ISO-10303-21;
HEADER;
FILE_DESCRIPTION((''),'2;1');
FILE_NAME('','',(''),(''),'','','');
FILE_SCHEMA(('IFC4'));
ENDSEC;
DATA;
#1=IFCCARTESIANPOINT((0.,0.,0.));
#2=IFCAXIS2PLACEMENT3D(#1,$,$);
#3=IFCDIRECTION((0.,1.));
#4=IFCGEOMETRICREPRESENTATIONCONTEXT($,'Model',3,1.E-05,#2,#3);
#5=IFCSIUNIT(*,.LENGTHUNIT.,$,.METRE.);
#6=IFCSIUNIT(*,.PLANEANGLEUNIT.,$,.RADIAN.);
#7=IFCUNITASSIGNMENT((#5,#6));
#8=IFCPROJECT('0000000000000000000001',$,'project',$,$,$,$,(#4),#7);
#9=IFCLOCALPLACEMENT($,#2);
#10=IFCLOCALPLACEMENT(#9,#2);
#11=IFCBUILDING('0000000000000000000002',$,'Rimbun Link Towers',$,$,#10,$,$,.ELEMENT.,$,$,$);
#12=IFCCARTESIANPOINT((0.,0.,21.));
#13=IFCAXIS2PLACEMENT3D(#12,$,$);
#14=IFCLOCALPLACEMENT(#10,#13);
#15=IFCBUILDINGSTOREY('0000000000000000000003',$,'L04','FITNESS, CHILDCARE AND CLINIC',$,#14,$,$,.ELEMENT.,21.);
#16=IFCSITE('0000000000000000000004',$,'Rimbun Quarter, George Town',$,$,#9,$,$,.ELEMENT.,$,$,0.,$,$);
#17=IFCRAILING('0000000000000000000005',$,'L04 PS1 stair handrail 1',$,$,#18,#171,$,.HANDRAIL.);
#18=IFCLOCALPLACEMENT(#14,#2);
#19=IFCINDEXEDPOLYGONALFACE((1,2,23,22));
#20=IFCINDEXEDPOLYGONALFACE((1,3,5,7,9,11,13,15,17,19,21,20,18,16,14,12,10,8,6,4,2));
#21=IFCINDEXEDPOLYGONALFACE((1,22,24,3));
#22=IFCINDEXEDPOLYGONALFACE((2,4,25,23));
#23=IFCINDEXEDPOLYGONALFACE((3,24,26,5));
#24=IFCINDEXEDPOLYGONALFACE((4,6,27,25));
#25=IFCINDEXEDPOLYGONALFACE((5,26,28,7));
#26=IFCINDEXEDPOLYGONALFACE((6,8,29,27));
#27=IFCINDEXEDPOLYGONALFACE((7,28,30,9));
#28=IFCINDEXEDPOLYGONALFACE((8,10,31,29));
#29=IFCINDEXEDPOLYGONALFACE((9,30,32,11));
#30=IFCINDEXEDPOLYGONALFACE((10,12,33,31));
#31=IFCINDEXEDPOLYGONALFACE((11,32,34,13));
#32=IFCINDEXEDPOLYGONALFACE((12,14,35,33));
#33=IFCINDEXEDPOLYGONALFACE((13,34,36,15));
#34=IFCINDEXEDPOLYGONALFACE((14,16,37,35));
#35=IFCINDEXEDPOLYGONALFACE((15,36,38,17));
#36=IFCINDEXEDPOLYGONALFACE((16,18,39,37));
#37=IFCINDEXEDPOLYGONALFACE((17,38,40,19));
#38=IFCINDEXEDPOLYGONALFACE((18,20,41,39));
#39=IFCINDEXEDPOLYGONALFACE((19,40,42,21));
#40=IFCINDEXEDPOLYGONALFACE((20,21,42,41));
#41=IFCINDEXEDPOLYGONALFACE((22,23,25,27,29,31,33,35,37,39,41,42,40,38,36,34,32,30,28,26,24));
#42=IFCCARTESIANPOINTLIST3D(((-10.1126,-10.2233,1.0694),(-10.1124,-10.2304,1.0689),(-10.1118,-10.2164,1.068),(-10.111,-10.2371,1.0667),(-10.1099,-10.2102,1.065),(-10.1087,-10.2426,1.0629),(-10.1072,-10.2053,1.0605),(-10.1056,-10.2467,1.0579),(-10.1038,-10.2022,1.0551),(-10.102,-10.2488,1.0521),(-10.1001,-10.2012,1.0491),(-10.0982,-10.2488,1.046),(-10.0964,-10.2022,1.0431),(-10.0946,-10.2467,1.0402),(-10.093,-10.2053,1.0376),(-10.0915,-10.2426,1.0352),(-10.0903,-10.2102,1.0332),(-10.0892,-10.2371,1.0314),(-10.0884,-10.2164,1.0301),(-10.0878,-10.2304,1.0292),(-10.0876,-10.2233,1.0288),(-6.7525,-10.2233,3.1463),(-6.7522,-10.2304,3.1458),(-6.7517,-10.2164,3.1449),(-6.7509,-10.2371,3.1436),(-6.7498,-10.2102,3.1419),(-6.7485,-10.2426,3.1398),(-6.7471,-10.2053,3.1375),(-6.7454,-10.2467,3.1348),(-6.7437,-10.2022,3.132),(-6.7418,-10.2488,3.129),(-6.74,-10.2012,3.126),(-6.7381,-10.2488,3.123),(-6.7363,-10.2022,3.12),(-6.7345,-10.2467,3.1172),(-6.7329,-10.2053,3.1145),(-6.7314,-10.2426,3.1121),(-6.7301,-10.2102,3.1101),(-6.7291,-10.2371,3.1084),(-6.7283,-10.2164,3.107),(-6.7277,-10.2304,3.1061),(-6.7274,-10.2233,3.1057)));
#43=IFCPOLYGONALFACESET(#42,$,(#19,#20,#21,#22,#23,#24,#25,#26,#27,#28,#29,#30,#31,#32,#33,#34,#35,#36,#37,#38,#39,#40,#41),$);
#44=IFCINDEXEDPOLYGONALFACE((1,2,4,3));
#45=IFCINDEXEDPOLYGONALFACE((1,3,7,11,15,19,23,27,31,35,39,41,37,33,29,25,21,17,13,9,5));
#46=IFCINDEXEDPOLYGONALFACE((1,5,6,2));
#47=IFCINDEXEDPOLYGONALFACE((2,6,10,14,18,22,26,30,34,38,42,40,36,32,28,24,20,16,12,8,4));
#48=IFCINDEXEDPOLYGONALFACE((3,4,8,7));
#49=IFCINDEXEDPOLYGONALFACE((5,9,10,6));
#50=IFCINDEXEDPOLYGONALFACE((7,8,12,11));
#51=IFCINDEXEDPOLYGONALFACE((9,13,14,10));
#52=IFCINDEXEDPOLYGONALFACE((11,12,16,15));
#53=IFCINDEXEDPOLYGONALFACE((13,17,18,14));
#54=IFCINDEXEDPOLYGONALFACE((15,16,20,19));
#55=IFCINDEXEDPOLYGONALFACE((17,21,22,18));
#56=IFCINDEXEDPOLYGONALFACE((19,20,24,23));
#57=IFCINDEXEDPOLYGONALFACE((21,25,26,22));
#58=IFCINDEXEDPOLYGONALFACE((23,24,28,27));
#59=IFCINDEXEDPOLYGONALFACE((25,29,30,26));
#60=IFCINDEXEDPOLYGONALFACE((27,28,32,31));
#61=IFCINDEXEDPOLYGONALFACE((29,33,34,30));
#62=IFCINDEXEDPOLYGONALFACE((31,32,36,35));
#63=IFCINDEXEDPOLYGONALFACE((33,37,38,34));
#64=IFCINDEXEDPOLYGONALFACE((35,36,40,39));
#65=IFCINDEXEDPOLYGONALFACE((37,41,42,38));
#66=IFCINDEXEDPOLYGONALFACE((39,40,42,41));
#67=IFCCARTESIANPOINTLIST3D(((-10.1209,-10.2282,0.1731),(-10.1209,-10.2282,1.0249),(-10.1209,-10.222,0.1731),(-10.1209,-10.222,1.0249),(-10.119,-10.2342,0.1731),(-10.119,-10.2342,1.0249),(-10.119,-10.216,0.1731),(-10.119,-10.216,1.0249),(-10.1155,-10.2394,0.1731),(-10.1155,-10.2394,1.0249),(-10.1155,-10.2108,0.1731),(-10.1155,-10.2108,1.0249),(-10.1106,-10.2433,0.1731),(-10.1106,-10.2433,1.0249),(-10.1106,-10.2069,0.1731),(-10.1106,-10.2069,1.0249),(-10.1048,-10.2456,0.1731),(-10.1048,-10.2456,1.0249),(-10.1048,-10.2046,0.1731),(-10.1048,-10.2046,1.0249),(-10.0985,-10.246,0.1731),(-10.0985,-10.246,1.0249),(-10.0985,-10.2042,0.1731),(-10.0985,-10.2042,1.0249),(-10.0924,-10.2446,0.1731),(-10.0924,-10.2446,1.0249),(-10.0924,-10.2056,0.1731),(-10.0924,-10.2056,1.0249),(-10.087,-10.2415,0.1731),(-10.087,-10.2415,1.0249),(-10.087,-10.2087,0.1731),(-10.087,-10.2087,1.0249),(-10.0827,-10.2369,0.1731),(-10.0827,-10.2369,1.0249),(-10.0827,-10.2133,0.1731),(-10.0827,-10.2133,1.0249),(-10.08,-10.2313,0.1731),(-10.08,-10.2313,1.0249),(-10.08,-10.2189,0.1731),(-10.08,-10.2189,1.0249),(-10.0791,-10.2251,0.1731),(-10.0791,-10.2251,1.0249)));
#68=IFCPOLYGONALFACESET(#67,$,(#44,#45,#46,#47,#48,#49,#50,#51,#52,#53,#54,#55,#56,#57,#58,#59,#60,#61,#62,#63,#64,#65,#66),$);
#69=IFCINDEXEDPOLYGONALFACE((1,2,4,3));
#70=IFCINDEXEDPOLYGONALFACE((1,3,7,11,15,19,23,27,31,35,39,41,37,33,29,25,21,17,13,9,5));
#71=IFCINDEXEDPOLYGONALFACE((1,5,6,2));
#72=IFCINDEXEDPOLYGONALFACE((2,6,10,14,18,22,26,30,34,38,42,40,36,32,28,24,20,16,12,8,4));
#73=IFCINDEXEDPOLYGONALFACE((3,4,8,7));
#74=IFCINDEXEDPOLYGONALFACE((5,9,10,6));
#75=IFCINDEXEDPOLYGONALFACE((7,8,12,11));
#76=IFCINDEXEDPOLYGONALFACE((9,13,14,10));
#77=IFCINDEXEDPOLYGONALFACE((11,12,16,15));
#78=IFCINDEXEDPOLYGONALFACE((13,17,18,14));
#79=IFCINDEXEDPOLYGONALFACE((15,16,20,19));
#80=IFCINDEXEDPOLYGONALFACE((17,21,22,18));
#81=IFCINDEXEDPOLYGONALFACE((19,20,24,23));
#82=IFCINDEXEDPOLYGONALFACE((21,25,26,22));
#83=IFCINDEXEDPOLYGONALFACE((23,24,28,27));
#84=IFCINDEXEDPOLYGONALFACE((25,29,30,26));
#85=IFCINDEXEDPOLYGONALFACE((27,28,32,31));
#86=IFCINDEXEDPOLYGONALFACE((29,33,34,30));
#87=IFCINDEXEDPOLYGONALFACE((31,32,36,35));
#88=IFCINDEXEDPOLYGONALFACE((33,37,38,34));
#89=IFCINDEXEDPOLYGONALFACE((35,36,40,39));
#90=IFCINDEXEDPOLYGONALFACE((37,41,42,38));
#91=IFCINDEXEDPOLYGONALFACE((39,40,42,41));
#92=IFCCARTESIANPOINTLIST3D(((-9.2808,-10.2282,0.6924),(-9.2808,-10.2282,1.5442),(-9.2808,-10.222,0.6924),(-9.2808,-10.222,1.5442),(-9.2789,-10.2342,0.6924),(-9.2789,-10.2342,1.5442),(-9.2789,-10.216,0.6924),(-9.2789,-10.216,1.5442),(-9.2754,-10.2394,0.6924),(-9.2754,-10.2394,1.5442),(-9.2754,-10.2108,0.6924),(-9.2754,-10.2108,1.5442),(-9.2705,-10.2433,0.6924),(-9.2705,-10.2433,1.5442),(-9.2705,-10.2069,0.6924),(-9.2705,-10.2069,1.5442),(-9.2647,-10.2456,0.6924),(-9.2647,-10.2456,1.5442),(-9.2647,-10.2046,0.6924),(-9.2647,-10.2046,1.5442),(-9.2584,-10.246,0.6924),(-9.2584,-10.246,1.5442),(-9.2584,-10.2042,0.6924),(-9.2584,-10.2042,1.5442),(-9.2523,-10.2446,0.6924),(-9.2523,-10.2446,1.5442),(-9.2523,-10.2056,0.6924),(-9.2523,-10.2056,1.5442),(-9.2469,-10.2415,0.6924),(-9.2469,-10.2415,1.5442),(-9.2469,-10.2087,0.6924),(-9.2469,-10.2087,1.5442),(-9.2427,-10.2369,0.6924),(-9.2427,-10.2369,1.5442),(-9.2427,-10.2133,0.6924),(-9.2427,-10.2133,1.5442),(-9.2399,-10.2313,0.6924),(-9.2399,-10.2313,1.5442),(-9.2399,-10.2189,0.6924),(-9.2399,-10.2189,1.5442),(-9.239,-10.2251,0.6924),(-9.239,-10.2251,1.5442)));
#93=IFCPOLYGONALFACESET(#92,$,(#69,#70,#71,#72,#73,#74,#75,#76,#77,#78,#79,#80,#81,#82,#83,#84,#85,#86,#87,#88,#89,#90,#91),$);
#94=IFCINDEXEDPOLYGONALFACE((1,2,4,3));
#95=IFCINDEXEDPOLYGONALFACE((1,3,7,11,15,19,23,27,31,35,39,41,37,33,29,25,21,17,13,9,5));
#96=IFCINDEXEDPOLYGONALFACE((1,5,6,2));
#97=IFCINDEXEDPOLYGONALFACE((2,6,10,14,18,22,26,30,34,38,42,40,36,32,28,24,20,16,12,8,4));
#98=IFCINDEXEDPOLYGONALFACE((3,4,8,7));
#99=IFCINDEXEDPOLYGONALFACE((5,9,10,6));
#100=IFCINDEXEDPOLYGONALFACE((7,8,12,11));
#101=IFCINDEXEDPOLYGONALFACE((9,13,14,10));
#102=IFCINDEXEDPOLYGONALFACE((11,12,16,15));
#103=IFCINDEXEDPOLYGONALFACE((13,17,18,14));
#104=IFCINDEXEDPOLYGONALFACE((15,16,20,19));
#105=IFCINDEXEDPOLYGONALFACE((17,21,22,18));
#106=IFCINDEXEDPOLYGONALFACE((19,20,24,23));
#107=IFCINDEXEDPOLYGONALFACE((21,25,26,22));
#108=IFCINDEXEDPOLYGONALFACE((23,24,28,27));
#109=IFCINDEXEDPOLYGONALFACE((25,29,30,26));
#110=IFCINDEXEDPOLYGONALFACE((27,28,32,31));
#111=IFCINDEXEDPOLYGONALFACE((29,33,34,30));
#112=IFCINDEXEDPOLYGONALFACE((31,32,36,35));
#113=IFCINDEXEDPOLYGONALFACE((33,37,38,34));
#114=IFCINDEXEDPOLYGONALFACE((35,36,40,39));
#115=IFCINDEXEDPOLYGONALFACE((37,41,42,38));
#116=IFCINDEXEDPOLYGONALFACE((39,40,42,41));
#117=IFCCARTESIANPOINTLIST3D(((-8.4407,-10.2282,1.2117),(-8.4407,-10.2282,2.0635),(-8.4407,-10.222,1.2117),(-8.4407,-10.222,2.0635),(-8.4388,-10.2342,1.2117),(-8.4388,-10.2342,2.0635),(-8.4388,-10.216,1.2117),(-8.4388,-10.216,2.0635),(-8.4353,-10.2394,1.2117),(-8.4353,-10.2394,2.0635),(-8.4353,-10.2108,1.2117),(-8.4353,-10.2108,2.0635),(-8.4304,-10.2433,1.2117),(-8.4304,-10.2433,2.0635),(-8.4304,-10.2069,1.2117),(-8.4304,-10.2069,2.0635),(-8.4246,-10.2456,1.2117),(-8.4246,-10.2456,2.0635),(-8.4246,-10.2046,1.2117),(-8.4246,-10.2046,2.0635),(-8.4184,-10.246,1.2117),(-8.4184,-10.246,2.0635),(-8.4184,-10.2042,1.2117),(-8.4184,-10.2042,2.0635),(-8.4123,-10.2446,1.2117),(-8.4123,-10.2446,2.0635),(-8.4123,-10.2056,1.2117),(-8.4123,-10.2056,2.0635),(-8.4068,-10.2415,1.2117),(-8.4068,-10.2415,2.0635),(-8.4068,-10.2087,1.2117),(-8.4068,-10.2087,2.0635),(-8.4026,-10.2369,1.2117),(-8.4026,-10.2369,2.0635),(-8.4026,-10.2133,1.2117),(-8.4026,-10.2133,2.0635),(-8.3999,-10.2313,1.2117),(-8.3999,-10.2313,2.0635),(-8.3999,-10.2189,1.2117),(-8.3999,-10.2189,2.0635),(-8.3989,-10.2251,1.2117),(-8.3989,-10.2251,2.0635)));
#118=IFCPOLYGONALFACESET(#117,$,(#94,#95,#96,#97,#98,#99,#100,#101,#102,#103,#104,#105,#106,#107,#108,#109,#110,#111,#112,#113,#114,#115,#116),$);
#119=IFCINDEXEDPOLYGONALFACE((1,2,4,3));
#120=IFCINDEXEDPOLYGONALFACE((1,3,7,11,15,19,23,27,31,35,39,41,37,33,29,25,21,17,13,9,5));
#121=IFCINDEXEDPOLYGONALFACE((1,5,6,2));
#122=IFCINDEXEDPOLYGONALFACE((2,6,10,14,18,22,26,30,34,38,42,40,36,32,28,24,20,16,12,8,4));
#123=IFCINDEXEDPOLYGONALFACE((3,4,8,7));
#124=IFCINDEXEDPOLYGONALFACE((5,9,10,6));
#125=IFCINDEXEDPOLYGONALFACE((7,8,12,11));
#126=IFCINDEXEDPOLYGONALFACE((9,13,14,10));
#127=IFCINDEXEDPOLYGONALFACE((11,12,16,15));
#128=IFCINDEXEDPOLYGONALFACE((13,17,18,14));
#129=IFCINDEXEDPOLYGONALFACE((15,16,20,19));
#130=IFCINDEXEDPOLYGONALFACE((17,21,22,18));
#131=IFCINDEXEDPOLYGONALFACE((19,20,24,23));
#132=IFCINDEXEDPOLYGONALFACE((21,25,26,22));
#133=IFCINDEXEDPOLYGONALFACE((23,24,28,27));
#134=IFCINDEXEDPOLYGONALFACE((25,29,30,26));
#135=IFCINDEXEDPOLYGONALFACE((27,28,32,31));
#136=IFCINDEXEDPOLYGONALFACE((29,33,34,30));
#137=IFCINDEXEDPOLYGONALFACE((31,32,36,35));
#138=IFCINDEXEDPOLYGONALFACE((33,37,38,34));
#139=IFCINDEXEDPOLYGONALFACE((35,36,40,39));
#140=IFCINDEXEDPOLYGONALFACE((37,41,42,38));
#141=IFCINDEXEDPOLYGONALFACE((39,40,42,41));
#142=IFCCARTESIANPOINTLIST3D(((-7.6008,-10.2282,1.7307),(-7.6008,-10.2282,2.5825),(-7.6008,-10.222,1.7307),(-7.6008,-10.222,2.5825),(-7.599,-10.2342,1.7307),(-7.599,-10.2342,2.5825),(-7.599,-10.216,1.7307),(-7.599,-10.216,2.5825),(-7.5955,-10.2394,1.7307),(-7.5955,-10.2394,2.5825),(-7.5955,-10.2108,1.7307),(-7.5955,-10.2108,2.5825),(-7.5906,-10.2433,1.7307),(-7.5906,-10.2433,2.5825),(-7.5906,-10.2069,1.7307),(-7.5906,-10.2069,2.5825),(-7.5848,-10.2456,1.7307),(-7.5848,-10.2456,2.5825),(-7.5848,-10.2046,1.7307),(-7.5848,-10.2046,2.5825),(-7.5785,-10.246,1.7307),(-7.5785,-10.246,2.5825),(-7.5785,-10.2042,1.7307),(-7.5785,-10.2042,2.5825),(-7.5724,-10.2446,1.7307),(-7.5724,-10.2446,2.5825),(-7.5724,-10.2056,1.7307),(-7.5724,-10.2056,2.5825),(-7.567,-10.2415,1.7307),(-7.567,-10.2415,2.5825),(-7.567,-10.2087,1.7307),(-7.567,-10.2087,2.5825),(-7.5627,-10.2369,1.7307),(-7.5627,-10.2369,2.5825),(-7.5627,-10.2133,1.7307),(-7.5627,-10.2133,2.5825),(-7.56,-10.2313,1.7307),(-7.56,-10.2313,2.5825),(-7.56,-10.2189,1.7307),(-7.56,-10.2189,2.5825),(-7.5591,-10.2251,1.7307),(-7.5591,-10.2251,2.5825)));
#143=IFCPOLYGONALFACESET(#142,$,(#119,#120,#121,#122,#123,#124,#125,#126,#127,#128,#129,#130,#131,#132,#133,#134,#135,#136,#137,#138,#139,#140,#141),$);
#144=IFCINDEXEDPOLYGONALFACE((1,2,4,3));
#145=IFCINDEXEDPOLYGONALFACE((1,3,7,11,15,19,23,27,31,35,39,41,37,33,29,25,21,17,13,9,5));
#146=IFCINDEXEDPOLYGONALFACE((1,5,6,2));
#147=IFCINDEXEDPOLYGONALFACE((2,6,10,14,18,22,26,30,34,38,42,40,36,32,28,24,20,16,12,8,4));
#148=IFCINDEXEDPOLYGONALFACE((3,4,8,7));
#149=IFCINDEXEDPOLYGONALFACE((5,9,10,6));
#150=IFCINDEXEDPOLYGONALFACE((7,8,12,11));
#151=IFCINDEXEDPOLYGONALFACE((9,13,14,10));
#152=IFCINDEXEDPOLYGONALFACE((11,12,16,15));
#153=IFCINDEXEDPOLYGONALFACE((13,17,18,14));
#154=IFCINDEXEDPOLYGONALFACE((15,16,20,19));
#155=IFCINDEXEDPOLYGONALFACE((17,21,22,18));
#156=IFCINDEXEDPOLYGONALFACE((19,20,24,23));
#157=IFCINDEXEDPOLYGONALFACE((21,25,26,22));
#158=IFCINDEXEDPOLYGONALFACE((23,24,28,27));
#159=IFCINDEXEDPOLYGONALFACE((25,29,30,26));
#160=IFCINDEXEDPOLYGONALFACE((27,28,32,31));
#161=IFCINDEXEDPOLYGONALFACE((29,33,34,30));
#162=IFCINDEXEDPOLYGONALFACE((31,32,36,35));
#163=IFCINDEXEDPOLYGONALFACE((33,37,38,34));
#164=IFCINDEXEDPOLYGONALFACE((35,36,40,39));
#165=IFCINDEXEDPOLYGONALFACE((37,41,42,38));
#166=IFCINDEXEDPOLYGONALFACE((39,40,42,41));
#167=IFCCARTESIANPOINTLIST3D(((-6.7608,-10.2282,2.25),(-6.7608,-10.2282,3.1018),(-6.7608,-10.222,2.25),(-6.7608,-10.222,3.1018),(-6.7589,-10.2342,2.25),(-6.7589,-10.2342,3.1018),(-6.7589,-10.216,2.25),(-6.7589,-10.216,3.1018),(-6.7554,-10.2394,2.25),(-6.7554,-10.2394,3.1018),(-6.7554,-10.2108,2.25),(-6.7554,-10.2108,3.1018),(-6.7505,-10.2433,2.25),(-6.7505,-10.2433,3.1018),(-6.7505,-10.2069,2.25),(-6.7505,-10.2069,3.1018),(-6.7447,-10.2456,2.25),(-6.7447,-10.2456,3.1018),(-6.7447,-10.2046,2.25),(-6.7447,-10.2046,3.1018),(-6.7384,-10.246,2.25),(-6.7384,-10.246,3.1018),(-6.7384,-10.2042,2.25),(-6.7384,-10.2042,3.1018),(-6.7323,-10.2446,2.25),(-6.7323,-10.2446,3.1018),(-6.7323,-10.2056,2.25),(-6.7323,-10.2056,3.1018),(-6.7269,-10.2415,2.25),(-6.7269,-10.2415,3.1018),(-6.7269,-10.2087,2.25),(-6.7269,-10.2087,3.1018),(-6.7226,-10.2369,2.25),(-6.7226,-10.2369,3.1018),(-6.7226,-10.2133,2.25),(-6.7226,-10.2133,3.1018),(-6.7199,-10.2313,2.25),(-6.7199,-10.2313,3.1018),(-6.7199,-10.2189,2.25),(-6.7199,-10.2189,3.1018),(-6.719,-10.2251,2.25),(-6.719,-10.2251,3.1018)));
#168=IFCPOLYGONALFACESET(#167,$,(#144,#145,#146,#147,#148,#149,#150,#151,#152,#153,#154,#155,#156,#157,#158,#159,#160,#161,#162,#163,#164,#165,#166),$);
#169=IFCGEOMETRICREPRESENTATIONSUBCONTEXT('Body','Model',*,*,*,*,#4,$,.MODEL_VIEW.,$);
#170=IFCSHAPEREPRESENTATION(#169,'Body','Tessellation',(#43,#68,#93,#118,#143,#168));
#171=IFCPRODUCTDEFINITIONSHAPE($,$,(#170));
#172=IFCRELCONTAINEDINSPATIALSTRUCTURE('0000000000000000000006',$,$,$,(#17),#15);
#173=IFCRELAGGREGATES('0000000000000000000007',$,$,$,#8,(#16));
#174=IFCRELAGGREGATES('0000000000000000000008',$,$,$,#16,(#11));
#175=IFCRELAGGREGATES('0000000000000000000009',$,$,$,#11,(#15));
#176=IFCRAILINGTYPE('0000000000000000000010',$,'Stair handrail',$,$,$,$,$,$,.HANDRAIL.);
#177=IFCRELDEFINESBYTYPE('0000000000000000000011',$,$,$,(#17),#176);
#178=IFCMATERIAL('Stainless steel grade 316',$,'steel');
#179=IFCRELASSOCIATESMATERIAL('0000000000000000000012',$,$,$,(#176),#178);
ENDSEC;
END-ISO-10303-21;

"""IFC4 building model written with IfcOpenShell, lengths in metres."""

from ifc_helpers import new_model, si_unit, direction, frame, origin, origin_2d, place, context, subcontext, project, spatial, circle, extrude, material, type_object, element, save


model = new_model("IFC4")

# Units and contexts
model_context = context("Model", 3, precision=1e-05, world=origin(), true_north=direction((0.0, 1.0)))
body_context = subcontext(model_context, "Body", "Model", "MODEL_VIEW")
ifc_project = project(units=[si_unit("LENGTHUNIT", "METRE"), si_unit("PLANEANGLEUNIT", "RADIAN")], contexts=[model_context])

# Site, building, storey
site_placement = place(None, origin())
site = spatial("IfcSite", under=ifc_project, at=site_placement, Name="Rimbun Quarter, George Town", CompositionType="ELEMENT", RefElevation=0.0)
building_placement = place(site_placement, origin())
building = spatial("IfcBuilding", under=site, at=building_placement, Name="Rimbun Link Towers", CompositionType="ELEMENT")
storey_placement = place(building_placement, frame((0.0, 0.0, 21.0)))
storey = spatial("IfcBuildingStorey", under=building, at=storey_placement, Name="L04", Description="FITNESS, CHILDCARE AND CLINIC", CompositionType="ELEMENT", Elevation=21.0)

# Railing
ifc_material_1 = material(Name="Stainless steel grade 316", Category="steel")
railing_type_1 = type_object("IfcRailingType", Name="Stair handrail", PredefinedType="HANDRAIL", material=ifc_material_1)
railing_1_placement = place(storey_placement, frame((-10.1001, -10.2251, 0.1731)))
element("IfcRailing", 1, at=railing_1_placement, inside=storey, type_object=railing_type_1, Name="L04 PS1 stair handrail 1", PredefinedType="HANDRAIL", context=body_context, shape_type="SweptSolid", body=[
    extrude(circle(Radius=0.0239, at=origin_2d()), frame((0.0, 0.0, 0.876), z_axis=(0.850623, 0.0, 0.525776), x_axis=(0.0, 1.0, 0.0)), (0.0, 0.0, 1.0), 3.9502),
    extrude(circle(Radius=0.021, at=origin_2d()), origin(), (0.0, 0.0, 1.0), 0.8518),
    extrude(circle(Radius=0.021, at=origin_2d()), frame((0.8401, 0.0, 0.5193)), (0.0, 0.0, 1.0), 0.8518),
    extrude(circle(Radius=0.021, at=origin_2d()), frame((1.6802, 0.0, 1.0386)), (0.0, 0.0, 1.0), 0.8518),
    extrude(circle(Radius=0.021, at=origin_2d()), frame((2.52, 0.0, 1.5576)), (0.0, 0.0, 1.0), 0.8518),
    extrude(circle(Radius=0.021, at=origin_2d()), frame((3.3601, 0.0, 2.0769)), (0.0, 0.0, 1.0), 0.8518),
])

save(model, "model.ifc")
